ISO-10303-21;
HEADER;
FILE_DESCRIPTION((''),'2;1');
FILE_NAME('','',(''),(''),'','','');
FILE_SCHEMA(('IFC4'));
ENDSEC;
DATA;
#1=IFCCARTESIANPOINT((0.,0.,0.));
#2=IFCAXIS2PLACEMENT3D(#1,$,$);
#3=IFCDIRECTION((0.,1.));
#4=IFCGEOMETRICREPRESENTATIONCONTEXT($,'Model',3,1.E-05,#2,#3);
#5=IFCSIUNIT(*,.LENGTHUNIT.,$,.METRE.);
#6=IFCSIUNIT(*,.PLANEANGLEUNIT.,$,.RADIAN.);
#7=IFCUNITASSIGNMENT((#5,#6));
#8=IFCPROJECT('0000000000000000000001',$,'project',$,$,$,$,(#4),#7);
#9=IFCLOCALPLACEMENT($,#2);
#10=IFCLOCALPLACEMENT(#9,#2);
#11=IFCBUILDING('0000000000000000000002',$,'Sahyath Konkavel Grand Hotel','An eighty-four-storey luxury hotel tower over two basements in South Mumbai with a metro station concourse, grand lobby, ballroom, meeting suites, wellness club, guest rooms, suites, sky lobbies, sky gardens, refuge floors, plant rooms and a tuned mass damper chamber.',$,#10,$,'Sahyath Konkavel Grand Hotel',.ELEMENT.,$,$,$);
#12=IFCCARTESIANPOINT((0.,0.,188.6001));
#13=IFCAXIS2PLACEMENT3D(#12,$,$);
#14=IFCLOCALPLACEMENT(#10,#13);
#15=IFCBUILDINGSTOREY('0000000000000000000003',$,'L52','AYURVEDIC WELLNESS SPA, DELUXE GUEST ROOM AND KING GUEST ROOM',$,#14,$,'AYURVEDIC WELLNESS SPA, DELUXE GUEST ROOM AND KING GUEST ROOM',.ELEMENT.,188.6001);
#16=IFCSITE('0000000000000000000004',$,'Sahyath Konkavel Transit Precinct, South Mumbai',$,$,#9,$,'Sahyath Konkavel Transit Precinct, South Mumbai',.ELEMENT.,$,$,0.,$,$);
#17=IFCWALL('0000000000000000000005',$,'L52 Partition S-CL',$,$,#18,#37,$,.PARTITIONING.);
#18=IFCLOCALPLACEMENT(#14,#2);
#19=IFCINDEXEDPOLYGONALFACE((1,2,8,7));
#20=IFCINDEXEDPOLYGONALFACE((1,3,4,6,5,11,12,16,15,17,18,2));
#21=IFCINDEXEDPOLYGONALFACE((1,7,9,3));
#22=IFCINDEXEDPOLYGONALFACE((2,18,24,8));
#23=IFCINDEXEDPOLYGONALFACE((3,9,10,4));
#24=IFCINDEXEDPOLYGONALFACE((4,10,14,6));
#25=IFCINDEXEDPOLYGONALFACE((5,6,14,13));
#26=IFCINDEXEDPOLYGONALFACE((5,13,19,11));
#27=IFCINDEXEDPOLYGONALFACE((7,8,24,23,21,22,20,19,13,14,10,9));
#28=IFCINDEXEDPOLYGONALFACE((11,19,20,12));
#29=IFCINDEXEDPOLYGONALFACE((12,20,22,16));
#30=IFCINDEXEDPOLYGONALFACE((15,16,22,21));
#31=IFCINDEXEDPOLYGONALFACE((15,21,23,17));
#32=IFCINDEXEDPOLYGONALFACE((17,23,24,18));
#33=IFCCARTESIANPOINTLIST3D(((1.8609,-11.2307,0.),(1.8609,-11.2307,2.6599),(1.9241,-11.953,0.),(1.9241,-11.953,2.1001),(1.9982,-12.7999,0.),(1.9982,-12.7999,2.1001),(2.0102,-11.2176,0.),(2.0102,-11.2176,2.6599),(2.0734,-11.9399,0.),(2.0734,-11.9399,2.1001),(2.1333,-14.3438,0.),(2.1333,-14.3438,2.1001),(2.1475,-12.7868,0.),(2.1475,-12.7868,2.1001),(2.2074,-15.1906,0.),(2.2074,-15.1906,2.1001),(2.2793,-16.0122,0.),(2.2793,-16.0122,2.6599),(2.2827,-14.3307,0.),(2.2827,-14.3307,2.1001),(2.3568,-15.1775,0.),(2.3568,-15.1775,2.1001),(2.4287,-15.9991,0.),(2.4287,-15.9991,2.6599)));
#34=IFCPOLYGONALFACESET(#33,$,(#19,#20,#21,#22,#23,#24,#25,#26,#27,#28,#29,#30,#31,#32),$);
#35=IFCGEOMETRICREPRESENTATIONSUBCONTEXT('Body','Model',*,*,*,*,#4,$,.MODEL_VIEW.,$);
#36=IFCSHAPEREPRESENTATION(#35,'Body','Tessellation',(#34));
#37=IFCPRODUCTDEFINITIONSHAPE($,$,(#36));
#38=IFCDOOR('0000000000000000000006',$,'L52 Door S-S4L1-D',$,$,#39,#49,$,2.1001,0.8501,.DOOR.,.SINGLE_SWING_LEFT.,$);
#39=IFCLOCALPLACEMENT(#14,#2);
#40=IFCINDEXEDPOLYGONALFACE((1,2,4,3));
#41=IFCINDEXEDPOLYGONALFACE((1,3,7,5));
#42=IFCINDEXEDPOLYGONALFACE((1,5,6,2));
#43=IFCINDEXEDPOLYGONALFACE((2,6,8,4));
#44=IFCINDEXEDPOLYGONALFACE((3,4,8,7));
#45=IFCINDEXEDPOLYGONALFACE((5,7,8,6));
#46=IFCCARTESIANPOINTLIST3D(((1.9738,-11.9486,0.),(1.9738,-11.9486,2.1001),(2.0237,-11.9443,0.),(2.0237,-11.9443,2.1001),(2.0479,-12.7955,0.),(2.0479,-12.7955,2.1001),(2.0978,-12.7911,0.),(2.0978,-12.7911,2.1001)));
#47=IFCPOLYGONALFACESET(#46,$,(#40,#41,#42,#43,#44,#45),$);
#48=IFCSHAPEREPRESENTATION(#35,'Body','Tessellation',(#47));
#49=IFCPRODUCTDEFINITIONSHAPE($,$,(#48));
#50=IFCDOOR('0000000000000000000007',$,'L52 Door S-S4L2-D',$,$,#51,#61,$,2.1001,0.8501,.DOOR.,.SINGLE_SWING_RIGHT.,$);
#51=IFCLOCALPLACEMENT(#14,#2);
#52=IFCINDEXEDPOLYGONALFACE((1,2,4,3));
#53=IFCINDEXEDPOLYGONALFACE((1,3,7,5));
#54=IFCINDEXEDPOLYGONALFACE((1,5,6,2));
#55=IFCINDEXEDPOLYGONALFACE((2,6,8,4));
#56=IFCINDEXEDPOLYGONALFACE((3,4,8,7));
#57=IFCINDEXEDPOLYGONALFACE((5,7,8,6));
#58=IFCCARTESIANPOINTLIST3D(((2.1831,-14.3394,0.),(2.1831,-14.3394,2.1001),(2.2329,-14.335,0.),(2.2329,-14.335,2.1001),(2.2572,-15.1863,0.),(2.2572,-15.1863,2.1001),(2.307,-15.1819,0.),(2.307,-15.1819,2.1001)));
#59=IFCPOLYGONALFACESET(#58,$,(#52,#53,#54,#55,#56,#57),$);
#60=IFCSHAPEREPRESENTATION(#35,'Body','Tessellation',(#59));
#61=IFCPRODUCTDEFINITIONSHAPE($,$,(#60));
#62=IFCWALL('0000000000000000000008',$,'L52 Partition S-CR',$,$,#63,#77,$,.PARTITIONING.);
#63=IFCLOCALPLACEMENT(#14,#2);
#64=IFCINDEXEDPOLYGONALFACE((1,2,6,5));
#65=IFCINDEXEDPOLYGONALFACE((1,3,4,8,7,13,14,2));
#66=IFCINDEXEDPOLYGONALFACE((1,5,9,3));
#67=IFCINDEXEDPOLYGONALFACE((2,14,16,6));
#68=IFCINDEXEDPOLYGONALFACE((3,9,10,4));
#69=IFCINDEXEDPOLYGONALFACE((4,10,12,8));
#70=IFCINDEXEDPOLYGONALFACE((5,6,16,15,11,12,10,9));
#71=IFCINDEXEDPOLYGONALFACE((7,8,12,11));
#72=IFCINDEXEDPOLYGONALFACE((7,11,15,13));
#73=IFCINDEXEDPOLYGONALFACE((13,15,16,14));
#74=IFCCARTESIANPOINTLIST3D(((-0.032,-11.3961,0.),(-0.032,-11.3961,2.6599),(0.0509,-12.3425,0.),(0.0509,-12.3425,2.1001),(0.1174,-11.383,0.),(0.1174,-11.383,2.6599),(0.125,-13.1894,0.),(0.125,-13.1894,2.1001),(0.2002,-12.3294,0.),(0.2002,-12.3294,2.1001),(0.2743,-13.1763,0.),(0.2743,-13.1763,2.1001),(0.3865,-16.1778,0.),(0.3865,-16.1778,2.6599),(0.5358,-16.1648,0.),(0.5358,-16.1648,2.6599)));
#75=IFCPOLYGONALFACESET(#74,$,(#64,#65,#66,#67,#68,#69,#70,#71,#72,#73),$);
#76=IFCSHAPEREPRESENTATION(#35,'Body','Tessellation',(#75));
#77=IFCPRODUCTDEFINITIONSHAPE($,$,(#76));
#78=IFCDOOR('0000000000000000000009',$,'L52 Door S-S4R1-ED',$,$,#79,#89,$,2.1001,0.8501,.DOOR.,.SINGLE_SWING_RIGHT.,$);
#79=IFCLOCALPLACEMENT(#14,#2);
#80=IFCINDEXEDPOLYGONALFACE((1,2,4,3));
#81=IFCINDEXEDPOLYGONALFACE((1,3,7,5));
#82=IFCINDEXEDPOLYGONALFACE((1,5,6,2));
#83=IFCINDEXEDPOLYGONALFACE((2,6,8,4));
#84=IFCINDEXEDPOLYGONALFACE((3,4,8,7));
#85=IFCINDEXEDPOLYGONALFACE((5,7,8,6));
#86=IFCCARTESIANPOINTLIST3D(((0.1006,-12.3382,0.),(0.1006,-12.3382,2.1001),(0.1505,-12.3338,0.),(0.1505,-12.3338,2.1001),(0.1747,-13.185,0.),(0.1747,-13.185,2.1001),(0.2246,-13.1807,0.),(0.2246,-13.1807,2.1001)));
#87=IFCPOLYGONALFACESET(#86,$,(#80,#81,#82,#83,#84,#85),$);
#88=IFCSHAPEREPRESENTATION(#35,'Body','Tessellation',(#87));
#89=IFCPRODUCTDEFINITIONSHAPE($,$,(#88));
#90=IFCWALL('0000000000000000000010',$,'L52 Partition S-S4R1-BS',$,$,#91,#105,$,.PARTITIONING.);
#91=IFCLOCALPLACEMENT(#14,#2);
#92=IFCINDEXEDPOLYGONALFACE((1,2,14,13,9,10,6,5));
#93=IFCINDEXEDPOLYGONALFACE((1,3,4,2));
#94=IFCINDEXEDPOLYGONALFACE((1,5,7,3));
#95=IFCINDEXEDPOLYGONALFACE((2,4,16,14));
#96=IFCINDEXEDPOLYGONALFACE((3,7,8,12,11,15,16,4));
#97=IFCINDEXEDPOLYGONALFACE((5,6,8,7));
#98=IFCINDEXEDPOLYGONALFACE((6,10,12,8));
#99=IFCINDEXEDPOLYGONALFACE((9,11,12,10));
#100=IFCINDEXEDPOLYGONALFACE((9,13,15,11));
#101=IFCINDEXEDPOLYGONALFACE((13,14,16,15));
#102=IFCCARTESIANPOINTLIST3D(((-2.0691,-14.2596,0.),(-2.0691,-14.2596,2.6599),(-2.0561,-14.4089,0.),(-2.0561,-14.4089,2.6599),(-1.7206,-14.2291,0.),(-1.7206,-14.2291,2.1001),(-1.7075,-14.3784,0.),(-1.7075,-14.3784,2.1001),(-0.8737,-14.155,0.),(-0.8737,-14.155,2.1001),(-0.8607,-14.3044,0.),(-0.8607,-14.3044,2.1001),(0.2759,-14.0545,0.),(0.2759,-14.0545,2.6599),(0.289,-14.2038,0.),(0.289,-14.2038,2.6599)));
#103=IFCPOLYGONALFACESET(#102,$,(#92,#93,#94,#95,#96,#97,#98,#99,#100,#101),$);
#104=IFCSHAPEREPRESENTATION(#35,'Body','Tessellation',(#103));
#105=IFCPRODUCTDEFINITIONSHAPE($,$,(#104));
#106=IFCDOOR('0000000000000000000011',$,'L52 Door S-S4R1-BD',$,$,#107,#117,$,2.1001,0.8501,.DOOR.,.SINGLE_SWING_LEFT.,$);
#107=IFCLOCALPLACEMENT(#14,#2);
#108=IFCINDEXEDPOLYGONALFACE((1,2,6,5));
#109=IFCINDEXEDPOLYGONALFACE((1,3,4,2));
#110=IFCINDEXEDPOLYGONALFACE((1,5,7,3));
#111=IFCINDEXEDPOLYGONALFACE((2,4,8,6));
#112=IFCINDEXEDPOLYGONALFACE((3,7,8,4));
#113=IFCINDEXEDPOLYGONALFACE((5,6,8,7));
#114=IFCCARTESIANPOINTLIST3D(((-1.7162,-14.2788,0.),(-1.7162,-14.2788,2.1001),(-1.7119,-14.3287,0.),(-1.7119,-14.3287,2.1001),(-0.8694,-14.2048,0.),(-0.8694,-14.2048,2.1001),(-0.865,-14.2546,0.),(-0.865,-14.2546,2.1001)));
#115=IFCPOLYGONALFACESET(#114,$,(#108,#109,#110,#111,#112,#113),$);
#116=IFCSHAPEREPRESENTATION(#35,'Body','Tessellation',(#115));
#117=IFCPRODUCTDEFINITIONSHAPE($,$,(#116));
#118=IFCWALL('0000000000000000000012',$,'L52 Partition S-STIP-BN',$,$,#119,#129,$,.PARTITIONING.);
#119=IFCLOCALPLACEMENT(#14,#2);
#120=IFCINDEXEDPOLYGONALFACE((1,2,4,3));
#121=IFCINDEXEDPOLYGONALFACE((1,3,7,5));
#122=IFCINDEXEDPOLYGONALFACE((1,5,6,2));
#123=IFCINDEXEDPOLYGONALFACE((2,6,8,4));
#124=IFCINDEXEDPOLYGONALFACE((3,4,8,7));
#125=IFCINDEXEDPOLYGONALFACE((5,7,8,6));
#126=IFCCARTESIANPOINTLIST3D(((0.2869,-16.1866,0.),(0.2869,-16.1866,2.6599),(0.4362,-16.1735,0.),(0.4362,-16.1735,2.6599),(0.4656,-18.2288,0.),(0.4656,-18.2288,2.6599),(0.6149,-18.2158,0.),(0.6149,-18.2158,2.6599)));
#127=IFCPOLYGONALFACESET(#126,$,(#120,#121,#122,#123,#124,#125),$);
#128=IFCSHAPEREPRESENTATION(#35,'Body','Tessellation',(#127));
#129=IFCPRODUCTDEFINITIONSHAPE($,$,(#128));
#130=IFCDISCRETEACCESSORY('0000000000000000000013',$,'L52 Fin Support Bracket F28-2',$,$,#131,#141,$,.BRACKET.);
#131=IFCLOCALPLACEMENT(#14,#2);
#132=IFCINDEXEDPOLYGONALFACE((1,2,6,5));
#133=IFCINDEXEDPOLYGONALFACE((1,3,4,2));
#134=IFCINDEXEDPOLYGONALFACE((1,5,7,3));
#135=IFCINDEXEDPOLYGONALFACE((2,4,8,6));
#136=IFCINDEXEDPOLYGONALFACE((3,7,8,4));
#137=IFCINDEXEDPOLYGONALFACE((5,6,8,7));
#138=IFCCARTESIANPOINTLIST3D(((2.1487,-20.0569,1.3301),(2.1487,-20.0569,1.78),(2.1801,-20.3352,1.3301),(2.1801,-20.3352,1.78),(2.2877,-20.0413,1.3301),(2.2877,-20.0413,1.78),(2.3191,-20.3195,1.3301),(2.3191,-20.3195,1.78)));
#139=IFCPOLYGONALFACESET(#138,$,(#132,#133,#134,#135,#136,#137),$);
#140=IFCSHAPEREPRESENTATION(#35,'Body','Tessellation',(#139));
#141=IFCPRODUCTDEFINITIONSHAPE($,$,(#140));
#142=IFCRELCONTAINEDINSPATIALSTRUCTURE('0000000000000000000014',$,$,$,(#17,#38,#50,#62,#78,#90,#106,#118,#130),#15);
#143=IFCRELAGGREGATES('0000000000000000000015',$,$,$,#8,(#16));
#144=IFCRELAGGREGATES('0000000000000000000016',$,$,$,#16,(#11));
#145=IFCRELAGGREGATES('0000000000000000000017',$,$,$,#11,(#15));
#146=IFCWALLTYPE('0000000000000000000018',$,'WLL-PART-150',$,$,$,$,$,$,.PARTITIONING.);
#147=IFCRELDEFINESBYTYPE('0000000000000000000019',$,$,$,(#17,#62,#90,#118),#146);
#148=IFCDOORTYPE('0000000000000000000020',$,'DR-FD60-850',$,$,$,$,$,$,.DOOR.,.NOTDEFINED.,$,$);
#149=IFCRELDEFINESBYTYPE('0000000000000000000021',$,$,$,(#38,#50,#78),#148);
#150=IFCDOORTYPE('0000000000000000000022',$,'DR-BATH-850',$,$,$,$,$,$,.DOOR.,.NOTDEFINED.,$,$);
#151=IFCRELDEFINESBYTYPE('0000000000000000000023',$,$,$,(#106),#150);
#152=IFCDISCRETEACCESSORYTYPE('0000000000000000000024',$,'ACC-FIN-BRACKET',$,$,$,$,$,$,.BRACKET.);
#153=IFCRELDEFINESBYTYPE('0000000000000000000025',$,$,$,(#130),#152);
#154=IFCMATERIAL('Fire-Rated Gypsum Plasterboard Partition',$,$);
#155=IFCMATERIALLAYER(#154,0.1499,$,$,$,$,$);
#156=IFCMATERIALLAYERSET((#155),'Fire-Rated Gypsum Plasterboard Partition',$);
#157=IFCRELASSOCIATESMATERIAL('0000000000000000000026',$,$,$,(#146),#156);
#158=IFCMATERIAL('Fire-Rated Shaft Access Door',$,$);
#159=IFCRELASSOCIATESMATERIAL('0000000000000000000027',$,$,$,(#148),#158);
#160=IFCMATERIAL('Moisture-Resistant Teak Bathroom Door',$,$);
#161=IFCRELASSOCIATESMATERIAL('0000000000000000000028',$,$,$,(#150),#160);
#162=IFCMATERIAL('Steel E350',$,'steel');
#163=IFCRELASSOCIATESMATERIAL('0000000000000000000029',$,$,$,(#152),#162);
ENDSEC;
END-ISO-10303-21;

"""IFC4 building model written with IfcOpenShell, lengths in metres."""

from ifc_helpers import new_model, si_unit, direction, frame, frame_2d, origin, origin_2d, place, context, subcontext, project, spatial, rectangle, extrude, source, transform, mapped, material, layer, layer_set, type_object, element, fill, save


model = new_model("IFC4")

# Units and contexts
model_context = context("Model", 3, precision=1e-05, world=origin(), true_north=direction((0.0, 1.0)))
body_context = subcontext(model_context, "Body", "Model", "MODEL_VIEW")
ifc_project = project(units=[si_unit("LENGTHUNIT", "METRE"), si_unit("PLANEANGLEUNIT", "RADIAN")], contexts=[model_context])

# Site, building, storey
site_placement = place(None, origin())
site = spatial("IfcSite", under=ifc_project, at=site_placement, Name="Sahyath Konkavel Transit Precinct, South Mumbai", LongName="Sahyath Konkavel Transit Precinct, South Mumbai", CompositionType="ELEMENT", RefElevation=0.0)
building_placement = place(site_placement, origin())
building = spatial("IfcBuilding", under=site, at=building_placement, Name="Sahyath Konkavel Grand Hotel", Description="An eighty-four-storey luxury hotel tower over two basements in South Mumbai with a metro station concourse, grand lobby, ballroom, meeting suites, wellness club, guest rooms, suites, sky lobbies, sky gardens, refuge floors, plant rooms and a tuned mass damper chamber.", LongName="Sahyath Konkavel Grand Hotel", CompositionType="ELEMENT")
storey_placement = place(building_placement, frame((0.0, 0.0, 188.6001)))
storey = spatial("IfcBuildingStorey", under=building, at=storey_placement, Name="L52", Description="AYURVEDIC WELLNESS SPA, DELUXE GUEST ROOM AND KING GUEST ROOM", LongName="AYURVEDIC WELLNESS SPA, DELUXE GUEST ROOM AND KING GUEST ROOM", CompositionType="ELEMENT", Elevation=188.6001)

# Shared definitions
ifc_material_1 = material(Name="Steel E350", Category="steel")

# Wall, openings, doors
ifc_material_2 = material(Name="Fire-Rated Gypsum Plasterboard Partition")
ifc_layer_1 = layer(ifc_material_2, 0.1499)
ifc_layer_set_1 = layer_set([ifc_layer_1], Name="Fire-Rated Gypsum Plasterboard Partition")
wall_type_1 = type_object("IfcWallType", Name="WLL-PART-150", PredefinedType="PARTITIONING", material=ifc_layer_set_1)
wall_1_placement = place(storey_placement, frame((1.9355, -11.2241, 0.0), z_axis=(0.0, 0.0, 1.0), x_axis=(0.087183, -0.996192, 0.0)))
wall_1 = element("IfcWall", 1, at=wall_1_placement, inside=storey, type_object=wall_type_1, Name="L52 Partition S-CL", PredefinedType="PARTITIONING", context=body_context, shape_type="SweptSolid", body=[
    extrude(rectangle(XDim=4.7998, YDim=0.1499, at=frame_2d((2.3999, 0.0))), origin(), (0.0, 0.0, 1.0), 2.6599),
])
opening_1_placement = place(wall_1_placement, frame((0.7251, 0.0, 0.0)))
opening_1 = element("IfcOpeningElement", 2, at=opening_1_placement, cuts=wall_1, PredefinedType="OPENING", context=body_context, shape_type="SweptSolid", body=[
    extrude(rectangle(XDim=0.8501, YDim=2.1001, at=frame_2d((0.425, 1.05))), frame((0.0, 0.085, 0.0), z_axis=(0.0, -1.0, 0.0), x_axis=(1.0, 0.0, 0.0)), (0.0, 0.0, 1.0), 0.1699),
])
opening_2_placement = place(wall_1_placement, frame((3.125, 0.0, 0.0)))
opening_2 = element("IfcOpeningElement", 3, at=opening_2_placement, cuts=wall_1, PredefinedType="OPENING", context=body_context, shape_type="SweptSolid", body=[
    extrude(rectangle(XDim=0.8501, YDim=2.1001, at=frame_2d((0.425, 1.05))), frame((0.0, 0.085, 0.0), z_axis=(0.0, -1.0, 0.0), x_axis=(1.0, 0.0, 0.0)), (0.0, 0.0, 1.0), 0.1699),
])
ifc_material_3 = material(Name="Fire-Rated Shaft Access Door")
door_type_1 = type_object("IfcDoorType", Name="DR-FD60-850", OperationType="NOTDEFINED", PredefinedType="DOOR", material=ifc_material_3)
shared_shape_1 = source(origin(), body_context, "Body", "SweptSolid", [
    extrude(rectangle(XDim=0.8501, YDim=0.05, at=origin_2d()), origin(), (0.0, 0.0, 1.0), 2.1001),
])
door_1_placement = place(opening_1_placement, frame((0.425, 0.0, 0.0)))
door_1 = element("IfcDoor", 4, at=door_1_placement, inside=storey, type_object=door_type_1, Name="L52 Door S-S4L1-D", OperationType="SINGLE_SWING_LEFT", OverallHeight=2.1001, OverallWidth=0.8501, PredefinedType="DOOR", context=body_context, shape_type="MappedRepresentation", body=[
    mapped(shared_shape_1, transform((0.0, 0.0, 0.0), scale=1.0)),
])
fill(opening_1, door_1)
door_2_placement = place(opening_2_placement, frame((0.425, 0.0, 0.0)))
door_2 = element("IfcDoor", 5, at=door_2_placement, inside=storey, type_object=door_type_1, Name="L52 Door S-S4L2-D", OperationType="SINGLE_SWING_RIGHT", OverallHeight=2.1001, OverallWidth=0.8501, PredefinedType="DOOR", context=body_context, shape_type="MappedRepresentation", body=[
    mapped(shared_shape_1, transform((0.0, 0.0, 0.0), scale=1.0)),
])
fill(opening_2, door_2)

# Walls, openings, doors
wall_2_placement = place(storey_placement, frame((0.0427, -11.3896, 0.0), z_axis=(0.0, 0.0, 1.0), x_axis=(0.087178, -0.996193, 0.0)))
wall_2 = element("IfcWall", 6, at=wall_2_placement, inside=storey, type_object=wall_type_1, Name="L52 Partition S-CR", PredefinedType="PARTITIONING", context=body_context, shape_type="SweptSolid", body=[
    extrude(rectangle(XDim=4.8, YDim=0.1499, at=frame_2d((2.3999, 0.0))), origin(), (0.0, 0.0, 1.0), 2.6599),
])
opening_3_placement = place(wall_2_placement, frame((0.95, 0.0, 0.0)))
opening_3 = element("IfcOpeningElement", 7, at=opening_3_placement, cuts=wall_2, PredefinedType="OPENING", context=body_context, shape_type="SweptSolid", body=[
    extrude(rectangle(XDim=0.8501, YDim=2.1001, at=frame_2d((0.425, 1.05))), frame((0.0, 0.085, 0.0), z_axis=(0.0, -1.0, 0.0), x_axis=(1.0, 0.0, 0.0)), (0.0, 0.0, 1.0), 0.1699),
])
door_3_placement = place(opening_3_placement, frame((0.425, 0.0, 0.0)))
door_3 = element("IfcDoor", 8, at=door_3_placement, inside=storey, type_object=door_type_1, Name="L52 Door S-S4R1-ED", OperationType="SINGLE_SWING_RIGHT", OverallHeight=2.1001, OverallWidth=0.8501, PredefinedType="DOOR", context=body_context, shape_type="MappedRepresentation", body=[
    mapped(shared_shape_1, transform((0.0, 0.0, 0.0), scale=1.0)),
])
fill(opening_3, door_3)
wall_3_placement = place(storey_placement, frame((0.2825, -14.1292, 0.0), z_axis=(0.0, 0.0, 1.0), x_axis=(-0.996198, -0.087122, 0.0)))
wall_3 = element("IfcWall", 9, at=wall_3_placement, inside=storey, type_object=wall_type_1, Name="L52 Partition S-S4R1-BS", PredefinedType="PARTITIONING", context=body_context, shape_type="SweptSolid", body=[
    extrude(rectangle(XDim=2.354, YDim=0.1499, at=frame_2d((1.177, 0.0))), origin(), (0.0, 0.0, 1.0), 2.6599),
])
opening_4_placement = place(wall_3_placement, frame((1.1541, 0.0, 0.0)))
opening_4 = element("IfcOpeningElement", 10, at=opening_4_placement, cuts=wall_3, PredefinedType="OPENING", context=body_context, shape_type="SweptSolid", body=[
    extrude(rectangle(XDim=0.8501, YDim=2.1001, at=frame_2d((0.425, 1.05))), frame((0.0, 0.085, 0.0), z_axis=(0.0, -1.0, 0.0), x_axis=(1.0, 0.0, 0.0)), (0.0, 0.0, 1.0), 0.1699),
])
ifc_material_4 = material(Name="Moisture-Resistant Teak Bathroom Door")
door_type_2 = type_object("IfcDoorType", Name="DR-BATH-850", OperationType="NOTDEFINED", PredefinedType="DOOR", material=ifc_material_4)
door_4_placement = place(opening_4_placement, frame((0.425, 0.0, 0.0)))
door_4 = element("IfcDoor", 11, at=door_4_placement, inside=storey, type_object=door_type_2, Name="L52 Door S-S4R1-BD", OperationType="SINGLE_SWING_LEFT", OverallHeight=2.1001, OverallWidth=0.8501, PredefinedType="DOOR", context=body_context, shape_type="MappedRepresentation", body=[
    mapped(shared_shape_1, transform((0.0, 0.0, 0.0), scale=1.0)),
])
fill(opening_4, door_4)

# Wall
wall_4_placement = place(storey_placement, frame((0.3616, -16.1802, 0.0), z_axis=(0.0, 0.0, 1.0), x_axis=(0.087174, -0.996193, 0.0)))
element("IfcWall", 12, at=wall_4_placement, inside=storey, type_object=wall_type_1, Name="L52 Partition S-STIP-BN", PredefinedType="PARTITIONING", context=body_context, shape_type="SweptSolid", body=[
    extrude(rectangle(XDim=2.05, YDim=0.1499, at=frame_2d((1.0249, 0.0))), origin(), (0.0, 0.0, 1.0), 2.6599),
])

# Discrete accessory
discrete_accessory_type = type_object("IfcDiscreteAccessoryType", Name="ACC-FIN-BRACKET", PredefinedType="BRACKET", material=ifc_material_1)
shared_shape_2 = source(origin(), body_context, "Body", "SweptSolid", [
    extrude(rectangle(XDim=0.28, YDim=0.1399, at=origin_2d()), origin(), (0.0, 0.0, 1.0), 0.45),
])
discrete_accessory_placement = place(storey_placement, frame((2.2339, -20.1882, 1.3301), z_axis=(0.0, 0.0, 1.0), x_axis=(0.112007, -0.993707, 0.0)))
element("IfcDiscreteAccessory", 13, at=discrete_accessory_placement, inside=storey, type_object=discrete_accessory_type, Name="L52 Fin Support Bracket F28-2", PredefinedType="BRACKET", context=body_context, shape_type="MappedRepresentation", body=[
    mapped(shared_shape_2, transform((0.0, 0.0, 0.0), scale=1.0)),
])

save(model, "model.ifc")
